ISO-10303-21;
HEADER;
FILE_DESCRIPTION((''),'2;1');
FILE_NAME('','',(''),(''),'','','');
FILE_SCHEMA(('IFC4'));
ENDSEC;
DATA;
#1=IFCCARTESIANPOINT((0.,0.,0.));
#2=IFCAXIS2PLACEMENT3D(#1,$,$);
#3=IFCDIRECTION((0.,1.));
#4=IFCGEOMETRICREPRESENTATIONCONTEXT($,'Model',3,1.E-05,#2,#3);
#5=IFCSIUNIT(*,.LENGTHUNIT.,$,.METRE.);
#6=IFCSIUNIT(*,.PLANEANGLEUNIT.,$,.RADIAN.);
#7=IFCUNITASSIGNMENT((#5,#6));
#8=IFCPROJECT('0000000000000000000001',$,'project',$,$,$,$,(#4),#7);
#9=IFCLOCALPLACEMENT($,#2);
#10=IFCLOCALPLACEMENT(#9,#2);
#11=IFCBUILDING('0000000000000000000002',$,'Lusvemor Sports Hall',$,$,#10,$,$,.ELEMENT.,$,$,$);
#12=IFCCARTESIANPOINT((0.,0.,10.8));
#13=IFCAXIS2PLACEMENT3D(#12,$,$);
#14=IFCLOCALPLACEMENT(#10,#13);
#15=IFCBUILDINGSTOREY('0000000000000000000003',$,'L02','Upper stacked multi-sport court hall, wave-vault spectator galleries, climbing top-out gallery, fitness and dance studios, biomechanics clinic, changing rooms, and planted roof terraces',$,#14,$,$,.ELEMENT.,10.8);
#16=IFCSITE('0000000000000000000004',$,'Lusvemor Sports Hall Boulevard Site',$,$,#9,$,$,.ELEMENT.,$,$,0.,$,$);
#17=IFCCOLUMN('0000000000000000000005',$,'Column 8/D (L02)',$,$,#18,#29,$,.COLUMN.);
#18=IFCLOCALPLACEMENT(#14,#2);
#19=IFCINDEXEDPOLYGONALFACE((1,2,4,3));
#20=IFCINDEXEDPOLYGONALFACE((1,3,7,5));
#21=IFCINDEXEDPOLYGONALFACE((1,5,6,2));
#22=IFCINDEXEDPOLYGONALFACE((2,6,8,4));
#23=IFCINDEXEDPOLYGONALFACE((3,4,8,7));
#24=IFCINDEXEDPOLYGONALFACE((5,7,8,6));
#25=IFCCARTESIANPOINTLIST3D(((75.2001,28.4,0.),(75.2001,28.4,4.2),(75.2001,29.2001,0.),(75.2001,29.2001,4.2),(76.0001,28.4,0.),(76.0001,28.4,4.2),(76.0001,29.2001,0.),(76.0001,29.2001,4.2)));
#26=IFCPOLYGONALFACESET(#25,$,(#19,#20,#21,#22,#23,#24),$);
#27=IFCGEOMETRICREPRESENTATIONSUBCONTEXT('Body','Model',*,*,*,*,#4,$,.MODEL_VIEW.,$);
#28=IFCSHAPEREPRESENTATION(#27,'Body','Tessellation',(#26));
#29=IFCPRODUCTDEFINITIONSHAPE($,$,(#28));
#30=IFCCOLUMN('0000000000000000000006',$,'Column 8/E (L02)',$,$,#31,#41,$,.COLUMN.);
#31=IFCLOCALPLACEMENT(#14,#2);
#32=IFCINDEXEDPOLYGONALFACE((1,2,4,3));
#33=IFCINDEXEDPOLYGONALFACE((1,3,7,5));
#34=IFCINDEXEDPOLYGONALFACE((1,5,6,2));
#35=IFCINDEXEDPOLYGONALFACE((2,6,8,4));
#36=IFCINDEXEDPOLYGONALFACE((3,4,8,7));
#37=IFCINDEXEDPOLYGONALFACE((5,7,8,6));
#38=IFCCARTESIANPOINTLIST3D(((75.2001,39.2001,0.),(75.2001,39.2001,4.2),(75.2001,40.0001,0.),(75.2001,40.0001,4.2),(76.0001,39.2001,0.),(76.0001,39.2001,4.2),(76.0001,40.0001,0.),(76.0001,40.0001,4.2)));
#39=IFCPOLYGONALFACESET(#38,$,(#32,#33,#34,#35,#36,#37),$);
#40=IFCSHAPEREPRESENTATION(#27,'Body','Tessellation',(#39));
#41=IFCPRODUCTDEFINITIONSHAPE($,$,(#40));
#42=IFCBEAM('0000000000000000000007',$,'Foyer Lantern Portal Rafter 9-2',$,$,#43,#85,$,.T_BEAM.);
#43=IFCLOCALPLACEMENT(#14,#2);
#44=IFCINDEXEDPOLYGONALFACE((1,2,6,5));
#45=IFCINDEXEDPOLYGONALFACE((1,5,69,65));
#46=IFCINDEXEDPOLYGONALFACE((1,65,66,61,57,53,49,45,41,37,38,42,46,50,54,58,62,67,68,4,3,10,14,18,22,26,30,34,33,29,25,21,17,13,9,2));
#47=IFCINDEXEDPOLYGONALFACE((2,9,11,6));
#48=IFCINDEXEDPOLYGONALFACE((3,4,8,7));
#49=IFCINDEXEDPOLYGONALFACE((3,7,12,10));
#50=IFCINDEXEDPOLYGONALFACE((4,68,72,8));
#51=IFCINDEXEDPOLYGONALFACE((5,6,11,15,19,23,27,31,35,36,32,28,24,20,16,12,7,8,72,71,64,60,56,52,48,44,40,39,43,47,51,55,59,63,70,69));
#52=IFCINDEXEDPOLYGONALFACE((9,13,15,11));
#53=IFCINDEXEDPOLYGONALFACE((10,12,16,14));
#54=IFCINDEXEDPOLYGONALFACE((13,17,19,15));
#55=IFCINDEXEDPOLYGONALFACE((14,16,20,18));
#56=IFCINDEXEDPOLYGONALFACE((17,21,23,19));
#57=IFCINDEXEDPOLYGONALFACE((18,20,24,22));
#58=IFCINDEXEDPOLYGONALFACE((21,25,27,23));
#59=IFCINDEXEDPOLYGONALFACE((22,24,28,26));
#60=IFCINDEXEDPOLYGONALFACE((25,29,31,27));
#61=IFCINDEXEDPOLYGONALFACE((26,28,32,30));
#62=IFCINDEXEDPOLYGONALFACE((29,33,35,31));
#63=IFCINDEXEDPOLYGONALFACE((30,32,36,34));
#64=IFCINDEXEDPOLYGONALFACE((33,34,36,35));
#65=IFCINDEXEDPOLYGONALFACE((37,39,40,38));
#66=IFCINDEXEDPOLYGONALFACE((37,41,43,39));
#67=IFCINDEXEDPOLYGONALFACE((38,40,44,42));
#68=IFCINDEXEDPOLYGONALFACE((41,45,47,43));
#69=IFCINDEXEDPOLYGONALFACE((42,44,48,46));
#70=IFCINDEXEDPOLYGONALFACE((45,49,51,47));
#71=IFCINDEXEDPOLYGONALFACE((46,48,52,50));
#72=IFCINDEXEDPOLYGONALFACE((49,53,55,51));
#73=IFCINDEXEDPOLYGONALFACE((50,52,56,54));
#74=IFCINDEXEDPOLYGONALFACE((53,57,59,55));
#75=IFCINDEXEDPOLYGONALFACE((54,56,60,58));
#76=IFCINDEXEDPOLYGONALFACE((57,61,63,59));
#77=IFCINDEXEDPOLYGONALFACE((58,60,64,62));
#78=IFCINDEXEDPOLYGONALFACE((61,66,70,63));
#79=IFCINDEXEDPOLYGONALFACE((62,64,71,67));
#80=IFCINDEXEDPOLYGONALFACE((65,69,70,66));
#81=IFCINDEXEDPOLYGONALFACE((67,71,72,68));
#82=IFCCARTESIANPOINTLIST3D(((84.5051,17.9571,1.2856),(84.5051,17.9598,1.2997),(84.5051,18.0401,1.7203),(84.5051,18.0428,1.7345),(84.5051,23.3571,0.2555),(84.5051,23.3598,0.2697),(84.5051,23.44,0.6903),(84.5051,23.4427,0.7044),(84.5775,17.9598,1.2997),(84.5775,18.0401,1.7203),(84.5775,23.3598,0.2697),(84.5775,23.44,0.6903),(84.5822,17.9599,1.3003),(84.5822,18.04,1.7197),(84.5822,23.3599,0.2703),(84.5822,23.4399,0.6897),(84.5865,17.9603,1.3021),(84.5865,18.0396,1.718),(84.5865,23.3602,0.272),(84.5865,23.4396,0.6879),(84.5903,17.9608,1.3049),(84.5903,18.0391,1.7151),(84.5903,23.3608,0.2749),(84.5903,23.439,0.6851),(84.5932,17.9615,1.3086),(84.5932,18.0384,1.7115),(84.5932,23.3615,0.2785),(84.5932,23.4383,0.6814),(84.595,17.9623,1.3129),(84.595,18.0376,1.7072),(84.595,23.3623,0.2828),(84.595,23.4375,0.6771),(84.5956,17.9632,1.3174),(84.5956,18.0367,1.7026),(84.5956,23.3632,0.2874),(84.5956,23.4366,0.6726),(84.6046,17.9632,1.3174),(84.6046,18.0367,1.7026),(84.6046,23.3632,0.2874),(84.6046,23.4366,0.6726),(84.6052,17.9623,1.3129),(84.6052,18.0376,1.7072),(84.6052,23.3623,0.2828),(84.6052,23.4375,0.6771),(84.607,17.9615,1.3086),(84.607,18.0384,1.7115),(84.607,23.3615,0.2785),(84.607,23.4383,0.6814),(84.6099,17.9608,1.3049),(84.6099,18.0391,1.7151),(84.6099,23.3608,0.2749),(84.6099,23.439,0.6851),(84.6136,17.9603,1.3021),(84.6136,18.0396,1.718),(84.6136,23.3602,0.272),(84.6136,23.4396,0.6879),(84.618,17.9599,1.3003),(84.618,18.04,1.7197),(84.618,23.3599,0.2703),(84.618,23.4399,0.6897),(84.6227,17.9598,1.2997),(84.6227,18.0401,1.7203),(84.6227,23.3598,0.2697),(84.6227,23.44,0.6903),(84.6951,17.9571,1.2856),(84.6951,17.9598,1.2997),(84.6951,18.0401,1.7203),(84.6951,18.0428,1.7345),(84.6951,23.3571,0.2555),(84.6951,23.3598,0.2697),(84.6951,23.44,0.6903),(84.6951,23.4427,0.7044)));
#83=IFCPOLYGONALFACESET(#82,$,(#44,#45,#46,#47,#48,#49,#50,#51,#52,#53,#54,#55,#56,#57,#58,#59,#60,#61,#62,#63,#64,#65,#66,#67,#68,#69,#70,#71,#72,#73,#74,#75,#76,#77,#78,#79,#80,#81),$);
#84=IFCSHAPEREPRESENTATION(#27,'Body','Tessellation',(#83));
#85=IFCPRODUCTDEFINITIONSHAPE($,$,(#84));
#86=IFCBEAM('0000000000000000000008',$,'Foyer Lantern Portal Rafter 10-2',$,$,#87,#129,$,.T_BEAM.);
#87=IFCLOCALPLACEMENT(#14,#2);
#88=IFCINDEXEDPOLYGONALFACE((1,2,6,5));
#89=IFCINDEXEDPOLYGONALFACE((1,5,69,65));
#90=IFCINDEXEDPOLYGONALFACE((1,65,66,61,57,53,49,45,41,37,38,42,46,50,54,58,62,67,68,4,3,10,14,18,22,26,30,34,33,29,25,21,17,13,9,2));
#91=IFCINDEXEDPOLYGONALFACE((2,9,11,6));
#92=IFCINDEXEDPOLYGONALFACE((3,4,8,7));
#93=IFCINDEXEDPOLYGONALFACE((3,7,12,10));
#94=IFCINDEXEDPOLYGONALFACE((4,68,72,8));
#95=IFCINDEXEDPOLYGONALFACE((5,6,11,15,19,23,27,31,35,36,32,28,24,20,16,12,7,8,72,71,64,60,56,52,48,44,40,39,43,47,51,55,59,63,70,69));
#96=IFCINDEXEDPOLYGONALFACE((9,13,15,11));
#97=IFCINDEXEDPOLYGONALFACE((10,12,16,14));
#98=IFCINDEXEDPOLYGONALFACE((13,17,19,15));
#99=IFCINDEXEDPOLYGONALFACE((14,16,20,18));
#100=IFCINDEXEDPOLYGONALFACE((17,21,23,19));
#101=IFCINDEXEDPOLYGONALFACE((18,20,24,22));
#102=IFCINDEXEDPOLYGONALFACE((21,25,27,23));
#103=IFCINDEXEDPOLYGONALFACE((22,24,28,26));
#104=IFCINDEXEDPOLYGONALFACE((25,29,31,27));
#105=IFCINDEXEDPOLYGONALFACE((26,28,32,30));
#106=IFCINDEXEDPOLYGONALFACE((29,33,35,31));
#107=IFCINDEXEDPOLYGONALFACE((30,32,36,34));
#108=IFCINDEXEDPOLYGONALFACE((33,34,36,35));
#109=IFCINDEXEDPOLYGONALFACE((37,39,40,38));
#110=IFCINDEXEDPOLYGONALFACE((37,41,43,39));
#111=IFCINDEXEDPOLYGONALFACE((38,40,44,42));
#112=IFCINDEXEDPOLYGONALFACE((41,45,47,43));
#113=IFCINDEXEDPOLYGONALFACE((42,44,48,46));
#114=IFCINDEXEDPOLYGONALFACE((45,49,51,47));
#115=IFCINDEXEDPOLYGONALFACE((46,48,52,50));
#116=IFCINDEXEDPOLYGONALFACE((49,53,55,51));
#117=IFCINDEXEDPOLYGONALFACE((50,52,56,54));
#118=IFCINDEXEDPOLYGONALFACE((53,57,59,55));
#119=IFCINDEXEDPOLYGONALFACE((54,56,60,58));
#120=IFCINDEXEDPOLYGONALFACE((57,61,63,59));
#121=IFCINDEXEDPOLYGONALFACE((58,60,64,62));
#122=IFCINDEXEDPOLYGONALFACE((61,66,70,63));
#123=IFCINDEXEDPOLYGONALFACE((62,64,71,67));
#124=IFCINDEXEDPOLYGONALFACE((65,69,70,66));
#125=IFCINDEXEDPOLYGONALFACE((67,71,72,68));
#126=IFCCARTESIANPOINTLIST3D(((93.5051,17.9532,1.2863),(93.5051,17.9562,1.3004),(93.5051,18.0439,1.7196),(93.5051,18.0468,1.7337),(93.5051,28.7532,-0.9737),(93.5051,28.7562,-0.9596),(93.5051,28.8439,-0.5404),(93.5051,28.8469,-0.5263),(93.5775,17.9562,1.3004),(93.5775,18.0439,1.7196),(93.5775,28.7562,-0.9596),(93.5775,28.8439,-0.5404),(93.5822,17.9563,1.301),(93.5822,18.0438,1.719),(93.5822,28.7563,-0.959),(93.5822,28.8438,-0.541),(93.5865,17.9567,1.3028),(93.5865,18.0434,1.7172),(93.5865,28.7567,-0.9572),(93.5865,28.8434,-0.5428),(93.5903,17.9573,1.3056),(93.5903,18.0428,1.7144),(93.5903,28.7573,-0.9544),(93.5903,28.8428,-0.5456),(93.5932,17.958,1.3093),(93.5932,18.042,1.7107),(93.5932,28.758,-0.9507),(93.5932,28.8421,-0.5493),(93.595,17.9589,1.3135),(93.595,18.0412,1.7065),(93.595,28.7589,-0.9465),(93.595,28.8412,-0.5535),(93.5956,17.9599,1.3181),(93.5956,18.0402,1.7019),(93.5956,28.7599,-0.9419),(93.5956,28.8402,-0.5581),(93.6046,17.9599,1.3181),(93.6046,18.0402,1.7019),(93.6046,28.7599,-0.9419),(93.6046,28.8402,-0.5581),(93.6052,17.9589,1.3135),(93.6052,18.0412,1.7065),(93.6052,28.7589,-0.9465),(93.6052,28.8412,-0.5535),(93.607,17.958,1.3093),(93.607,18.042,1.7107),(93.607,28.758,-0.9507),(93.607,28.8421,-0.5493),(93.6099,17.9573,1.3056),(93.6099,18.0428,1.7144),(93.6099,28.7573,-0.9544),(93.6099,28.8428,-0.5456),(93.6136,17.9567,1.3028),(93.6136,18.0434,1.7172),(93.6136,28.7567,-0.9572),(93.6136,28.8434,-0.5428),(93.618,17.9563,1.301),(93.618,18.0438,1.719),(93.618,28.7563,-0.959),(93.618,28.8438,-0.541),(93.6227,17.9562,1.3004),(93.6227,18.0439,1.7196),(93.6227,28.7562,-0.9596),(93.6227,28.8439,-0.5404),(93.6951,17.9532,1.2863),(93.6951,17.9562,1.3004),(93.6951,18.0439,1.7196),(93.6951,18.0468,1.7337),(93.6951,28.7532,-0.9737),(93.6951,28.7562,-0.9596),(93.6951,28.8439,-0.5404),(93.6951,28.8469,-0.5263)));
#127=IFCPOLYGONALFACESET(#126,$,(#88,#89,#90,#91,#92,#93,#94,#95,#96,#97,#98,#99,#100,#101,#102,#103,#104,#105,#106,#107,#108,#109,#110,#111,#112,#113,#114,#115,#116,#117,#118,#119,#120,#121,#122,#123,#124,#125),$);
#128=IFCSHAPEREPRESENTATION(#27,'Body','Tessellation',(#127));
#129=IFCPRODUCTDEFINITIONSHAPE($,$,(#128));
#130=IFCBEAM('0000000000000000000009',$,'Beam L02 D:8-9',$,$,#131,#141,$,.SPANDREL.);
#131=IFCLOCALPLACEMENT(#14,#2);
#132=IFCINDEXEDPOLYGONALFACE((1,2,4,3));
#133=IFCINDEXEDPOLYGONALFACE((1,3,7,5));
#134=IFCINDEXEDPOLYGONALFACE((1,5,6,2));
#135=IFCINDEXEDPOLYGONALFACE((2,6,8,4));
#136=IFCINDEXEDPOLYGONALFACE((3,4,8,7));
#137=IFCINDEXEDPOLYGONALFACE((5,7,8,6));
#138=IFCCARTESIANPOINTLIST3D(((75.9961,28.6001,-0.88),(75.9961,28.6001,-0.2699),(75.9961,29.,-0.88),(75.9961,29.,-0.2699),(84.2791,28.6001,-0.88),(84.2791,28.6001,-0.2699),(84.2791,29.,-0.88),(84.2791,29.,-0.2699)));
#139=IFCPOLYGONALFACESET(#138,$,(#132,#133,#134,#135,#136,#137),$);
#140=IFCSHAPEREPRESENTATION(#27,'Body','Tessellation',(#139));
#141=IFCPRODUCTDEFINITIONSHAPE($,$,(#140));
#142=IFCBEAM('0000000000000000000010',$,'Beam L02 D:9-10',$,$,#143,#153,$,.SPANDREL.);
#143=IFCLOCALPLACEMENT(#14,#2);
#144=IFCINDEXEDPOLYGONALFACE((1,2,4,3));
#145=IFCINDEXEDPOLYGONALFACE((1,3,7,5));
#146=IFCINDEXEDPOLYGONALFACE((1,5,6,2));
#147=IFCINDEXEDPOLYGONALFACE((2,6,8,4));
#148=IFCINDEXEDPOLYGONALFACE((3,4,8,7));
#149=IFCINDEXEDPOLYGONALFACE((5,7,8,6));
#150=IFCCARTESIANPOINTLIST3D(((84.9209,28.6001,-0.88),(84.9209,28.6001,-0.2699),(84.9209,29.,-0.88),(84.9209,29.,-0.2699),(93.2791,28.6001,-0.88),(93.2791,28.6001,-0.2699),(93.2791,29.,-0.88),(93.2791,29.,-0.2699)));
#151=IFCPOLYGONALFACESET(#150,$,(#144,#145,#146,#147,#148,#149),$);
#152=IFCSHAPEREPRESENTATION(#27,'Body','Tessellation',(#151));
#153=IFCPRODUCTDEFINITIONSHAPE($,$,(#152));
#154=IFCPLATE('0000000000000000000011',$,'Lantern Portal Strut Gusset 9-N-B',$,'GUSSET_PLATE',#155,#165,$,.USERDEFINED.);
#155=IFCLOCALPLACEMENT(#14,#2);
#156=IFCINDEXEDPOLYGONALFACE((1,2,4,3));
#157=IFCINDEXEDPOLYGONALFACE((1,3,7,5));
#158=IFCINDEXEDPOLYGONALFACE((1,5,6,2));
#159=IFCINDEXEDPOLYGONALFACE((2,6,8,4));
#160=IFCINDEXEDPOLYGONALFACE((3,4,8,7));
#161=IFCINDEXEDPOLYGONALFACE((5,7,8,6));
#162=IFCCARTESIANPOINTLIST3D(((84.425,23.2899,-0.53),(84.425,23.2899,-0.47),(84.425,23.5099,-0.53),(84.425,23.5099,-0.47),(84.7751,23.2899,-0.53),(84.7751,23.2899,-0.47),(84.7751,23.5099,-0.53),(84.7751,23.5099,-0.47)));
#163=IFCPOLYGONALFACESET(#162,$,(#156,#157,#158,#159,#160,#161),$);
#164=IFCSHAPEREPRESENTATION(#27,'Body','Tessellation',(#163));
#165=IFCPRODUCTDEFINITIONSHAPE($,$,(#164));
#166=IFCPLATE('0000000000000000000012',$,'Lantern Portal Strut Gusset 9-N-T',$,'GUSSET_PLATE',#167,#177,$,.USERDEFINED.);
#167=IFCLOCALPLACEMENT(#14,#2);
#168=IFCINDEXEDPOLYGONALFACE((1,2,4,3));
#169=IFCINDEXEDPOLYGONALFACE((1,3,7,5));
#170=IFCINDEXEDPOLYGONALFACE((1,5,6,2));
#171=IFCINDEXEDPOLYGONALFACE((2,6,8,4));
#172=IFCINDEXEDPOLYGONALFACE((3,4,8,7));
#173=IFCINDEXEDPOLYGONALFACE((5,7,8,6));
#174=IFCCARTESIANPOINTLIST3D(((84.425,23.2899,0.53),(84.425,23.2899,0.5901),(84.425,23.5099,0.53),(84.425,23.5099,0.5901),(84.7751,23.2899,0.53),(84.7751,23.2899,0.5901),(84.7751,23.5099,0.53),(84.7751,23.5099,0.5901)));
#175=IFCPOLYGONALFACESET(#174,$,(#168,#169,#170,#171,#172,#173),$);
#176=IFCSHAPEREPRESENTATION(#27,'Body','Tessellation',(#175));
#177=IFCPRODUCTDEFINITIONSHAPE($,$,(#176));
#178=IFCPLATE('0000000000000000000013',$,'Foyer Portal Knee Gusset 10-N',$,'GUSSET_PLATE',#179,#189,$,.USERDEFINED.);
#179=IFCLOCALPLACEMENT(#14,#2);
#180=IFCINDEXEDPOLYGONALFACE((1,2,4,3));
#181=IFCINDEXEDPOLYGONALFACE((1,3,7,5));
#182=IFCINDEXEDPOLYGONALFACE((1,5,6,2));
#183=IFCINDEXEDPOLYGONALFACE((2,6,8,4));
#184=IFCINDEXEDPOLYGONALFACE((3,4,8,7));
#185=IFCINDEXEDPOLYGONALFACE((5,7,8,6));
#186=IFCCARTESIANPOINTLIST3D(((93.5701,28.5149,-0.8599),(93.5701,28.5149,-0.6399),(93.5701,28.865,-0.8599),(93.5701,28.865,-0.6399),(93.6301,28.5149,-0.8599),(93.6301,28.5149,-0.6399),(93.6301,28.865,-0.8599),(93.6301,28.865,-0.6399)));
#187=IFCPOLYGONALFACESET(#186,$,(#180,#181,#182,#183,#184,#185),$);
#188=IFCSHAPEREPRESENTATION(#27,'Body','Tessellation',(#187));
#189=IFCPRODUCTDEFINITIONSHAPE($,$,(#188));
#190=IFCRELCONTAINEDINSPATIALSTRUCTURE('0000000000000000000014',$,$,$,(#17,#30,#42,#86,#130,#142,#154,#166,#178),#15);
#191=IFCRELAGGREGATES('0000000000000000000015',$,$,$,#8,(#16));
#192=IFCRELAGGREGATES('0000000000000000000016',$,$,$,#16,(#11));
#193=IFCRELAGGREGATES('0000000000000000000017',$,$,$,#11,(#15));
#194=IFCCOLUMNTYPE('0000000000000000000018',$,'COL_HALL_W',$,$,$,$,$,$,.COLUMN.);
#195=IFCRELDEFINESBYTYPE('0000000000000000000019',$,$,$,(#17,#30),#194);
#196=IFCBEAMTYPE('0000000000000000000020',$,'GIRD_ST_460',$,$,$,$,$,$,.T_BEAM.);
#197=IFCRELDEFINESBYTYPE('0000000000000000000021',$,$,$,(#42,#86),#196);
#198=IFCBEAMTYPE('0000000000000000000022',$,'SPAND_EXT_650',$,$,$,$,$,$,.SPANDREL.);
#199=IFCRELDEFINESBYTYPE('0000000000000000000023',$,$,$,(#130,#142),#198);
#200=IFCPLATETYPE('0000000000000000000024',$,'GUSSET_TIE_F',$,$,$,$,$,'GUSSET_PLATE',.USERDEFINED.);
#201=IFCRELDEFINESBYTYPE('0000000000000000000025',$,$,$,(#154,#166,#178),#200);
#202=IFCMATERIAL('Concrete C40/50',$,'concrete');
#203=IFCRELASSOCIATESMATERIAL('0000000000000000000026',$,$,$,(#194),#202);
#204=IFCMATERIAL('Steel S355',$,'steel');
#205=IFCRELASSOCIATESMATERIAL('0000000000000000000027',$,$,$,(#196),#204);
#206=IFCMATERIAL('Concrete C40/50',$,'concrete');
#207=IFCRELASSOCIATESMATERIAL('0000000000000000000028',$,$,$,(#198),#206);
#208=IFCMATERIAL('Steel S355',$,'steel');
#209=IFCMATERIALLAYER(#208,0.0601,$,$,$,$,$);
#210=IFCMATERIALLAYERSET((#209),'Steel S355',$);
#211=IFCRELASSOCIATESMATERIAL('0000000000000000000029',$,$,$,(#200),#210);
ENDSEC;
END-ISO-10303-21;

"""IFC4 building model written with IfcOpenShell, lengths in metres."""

from ifc_helpers import new_model, si_unit, direction, frame, origin, origin_2d, place, context, subcontext, project, spatial, rectangle, i_section, extrude, material, layer, layer_set, material_profile, profile_set, type_object, element, save


model = new_model("IFC4")

# Units and contexts
model_context = context("Model", 3, precision=1e-05, world=origin(), true_north=direction((0.0, 1.0)))
body_context = subcontext(model_context, "Body", "Model", "MODEL_VIEW")
ifc_project = project(units=[si_unit("LENGTHUNIT", "METRE"), si_unit("PLANEANGLEUNIT", "RADIAN")], contexts=[model_context])

# Site, building, storey
site_placement = place(None, origin())
site = spatial("IfcSite", under=ifc_project, at=site_placement, Name="Lusvemor Sports Hall Boulevard Site", CompositionType="ELEMENT", RefElevation=0.0)
building_placement = place(site_placement, origin())
building = spatial("IfcBuilding", under=site, at=building_placement, Name="Lusvemor Sports Hall", CompositionType="ELEMENT")
storey_placement = place(building_placement, frame((0.0, 0.0, 10.8)))
storey = spatial("IfcBuildingStorey", under=building, at=storey_placement, Name="L02", Description="Upper stacked multi-sport court hall, wave-vault spectator galleries, climbing top-out gallery, fitness and dance studios, biomechanics clinic, changing rooms, and planted roof terraces", CompositionType="ELEMENT", Elevation=10.8)

# Columns
ifc_material_1 = material(Name="Concrete C40/50", Category="concrete")
ifc_material_profile_1 = material_profile(ifc_material_1, rectangle(XDim=0.8, YDim=0.8, at=origin_2d()), Name="RC800x800")
ifc_profile_set_1 = profile_set([ifc_material_profile_1], Name="Concrete C40/50")
column_type = type_object("IfcColumnType", Name="COL_HALL_W", PredefinedType="COLUMN", material=ifc_profile_set_1)
for number, where, z_axis, x_axis, name in (
    (1, (75.6001, 28.8, 0.0), (0.0, 0.0, 1.0), (1.0, 0.0, 0.0), "Column 8/D (L02)"),
    (2, (75.6001, 39.6001, 0.0), (0.0, 0.0, 1.0), (1.0, 0.0, 0.0), "Column 8/E (L02)"),
):
    element("IfcColumn", number, at=place(storey_placement, frame(where, z_axis=z_axis, x_axis=x_axis)), inside=storey, type_object=column_type, Name=name, PredefinedType="COLUMN", context=body_context, shape_type="SweptSolid", body=[
        extrude(rectangle(XDim=0.8, YDim=0.8, at=origin_2d()), origin(), (0.0, 0.0, 1.0), 4.2),
    ])

# Beams
ifc_material_2 = material(Name="Steel S355", Category="steel")
ifc_material_profile_2 = material_profile(ifc_material_2, i_section(OverallWidth=0.1899, OverallDepth=0.457, WebThickness=0.009, FlangeThickness=0.0144, FilletRadius=0.0181, at=origin_2d()), Name="W460x74.0")
ifc_profile_set_2 = profile_set([ifc_material_profile_2], Name="Steel S355")
beam_type_1 = type_object("IfcBeamType", Name="GIRD_ST_460", PredefinedType="T_BEAM", material=ifc_profile_set_2)
beam_1_placement = place(storey_placement, frame((84.6001, 23.3999, 0.48), z_axis=(0.0, -0.982289, 0.187371), x_axis=(1.0, 0.0, 0.0)))
element("IfcBeam", 3, at=beam_1_placement, inside=storey, type_object=beam_type_1, Name="Foyer Lantern Portal Rafter 9-2", PredefinedType="T_BEAM", context=body_context, shape_type="SweptSolid", body=[
    extrude(i_section(OverallWidth=0.1899, OverallDepth=0.457, WebThickness=0.009, FlangeThickness=0.0144, FilletRadius=0.0181, at=origin_2d()), origin(), (0.0, 0.0, 1.0), 5.4973),
])
beam_2_placement = place(storey_placement, frame((93.6001, 28.8, -0.75), z_axis=(0.0, -0.978799, 0.204823), x_axis=(1.0, 0.0, 0.0)))
element("IfcBeam", 4, at=beam_2_placement, inside=storey, type_object=beam_type_1, Name="Foyer Lantern Portal Rafter 10-2", PredefinedType="T_BEAM", context=body_context, shape_type="SweptSolid", body=[
    extrude(i_section(OverallWidth=0.1899, OverallDepth=0.457, WebThickness=0.009, FlangeThickness=0.0144, FilletRadius=0.0181, at=origin_2d()), origin(), (0.0, 0.0, 1.0), 11.0339),
])
ifc_material_3 = material(Name="Concrete C40/50", Category="concrete")
ifc_material_profile_3 = material_profile(ifc_material_3, rectangle(XDim=0.3999, YDim=0.6101, at=origin_2d()), Name="RC400x610")
ifc_profile_set_3 = profile_set([ifc_material_profile_3], Name="Concrete C40/50")
beam_type_2 = type_object("IfcBeamType", Name="SPAND_EXT_650", PredefinedType="SPANDREL", material=ifc_profile_set_3)
beam_3_placement = place(storey_placement, frame((75.9961, 28.8, -0.575), z_axis=(1.0, 0.0, 0.0), x_axis=(0.0, 1.0, 0.0)))
element("IfcBeam", 5, at=beam_3_placement, inside=storey, type_object=beam_type_2, Name="Beam L02 D:8-9", PredefinedType="SPANDREL", context=body_context, shape_type="SweptSolid", body=[
    extrude(rectangle(XDim=0.3999, YDim=0.6101, at=origin_2d()), origin(), (0.0, 0.0, 1.0), 8.283),
])
beam_4_placement = place(storey_placement, frame((84.9209, 28.8, -0.575), z_axis=(1.0, 0.0, 0.0), x_axis=(0.0, 1.0, 0.0)))
element("IfcBeam", 6, at=beam_4_placement, inside=storey, type_object=beam_type_2, Name="Beam L02 D:9-10", PredefinedType="SPANDREL", context=body_context, shape_type="SweptSolid", body=[
    extrude(rectangle(XDim=0.3999, YDim=0.6101, at=origin_2d()), origin(), (0.0, 0.0, 1.0), 8.3582),
])

# Plates
ifc_material_4 = material(Name="Steel S355", Category="steel")
ifc_layer_1 = layer(ifc_material_4, 0.0601)
ifc_layer_set_1 = layer_set([ifc_layer_1], Name="Steel S355")
plate_type = type_object("IfcPlateType", Name="GUSSET_TIE_F", ElementType="GUSSET_PLATE", PredefinedType="USERDEFINED", material=ifc_layer_set_1)
for number, where, z_axis, x_axis, name in (
    (7, (84.6001, 23.3999, -0.53), (0.0, 0.0, 1.0), (1.0, 0.0, 0.0), "Lantern Portal Strut Gusset 9-N-B"),
    (8, (84.6001, 23.3999, 0.53), (0.0, 0.0, 1.0), (1.0, 0.0, 0.0), "Lantern Portal Strut Gusset 9-N-T"),
):
    element("IfcPlate", number, at=place(storey_placement, frame(where, z_axis=z_axis, x_axis=x_axis)), inside=storey, type_object=plate_type, Name=name, ObjectType="GUSSET_PLATE", PredefinedType="USERDEFINED", context=body_context, shape_type="SweptSolid", body=[
        extrude(rectangle(XDim=0.3501, YDim=0.22, at=origin_2d()), origin(), (0.0, 0.0, 1.0), 0.0601),
    ])
plate_placement = place(storey_placement, frame((93.6001, 28.6899, -0.8599), z_axis=(0.0, 0.0, 1.0), x_axis=(1.0, 0.0, 0.0)))
element("IfcPlate", 9, at=plate_placement, inside=storey, type_object=plate_type, Name="Foyer Portal Knee Gusset 10-N", ObjectType="GUSSET_PLATE", PredefinedType="USERDEFINED", context=body_context, shape_type="SweptSolid", body=[
    extrude(rectangle(XDim=0.0601, YDim=0.3501, at=origin_2d()), origin(), (0.0, 0.0, 1.0), 0.22),
])

save(model, "model.ifc")
